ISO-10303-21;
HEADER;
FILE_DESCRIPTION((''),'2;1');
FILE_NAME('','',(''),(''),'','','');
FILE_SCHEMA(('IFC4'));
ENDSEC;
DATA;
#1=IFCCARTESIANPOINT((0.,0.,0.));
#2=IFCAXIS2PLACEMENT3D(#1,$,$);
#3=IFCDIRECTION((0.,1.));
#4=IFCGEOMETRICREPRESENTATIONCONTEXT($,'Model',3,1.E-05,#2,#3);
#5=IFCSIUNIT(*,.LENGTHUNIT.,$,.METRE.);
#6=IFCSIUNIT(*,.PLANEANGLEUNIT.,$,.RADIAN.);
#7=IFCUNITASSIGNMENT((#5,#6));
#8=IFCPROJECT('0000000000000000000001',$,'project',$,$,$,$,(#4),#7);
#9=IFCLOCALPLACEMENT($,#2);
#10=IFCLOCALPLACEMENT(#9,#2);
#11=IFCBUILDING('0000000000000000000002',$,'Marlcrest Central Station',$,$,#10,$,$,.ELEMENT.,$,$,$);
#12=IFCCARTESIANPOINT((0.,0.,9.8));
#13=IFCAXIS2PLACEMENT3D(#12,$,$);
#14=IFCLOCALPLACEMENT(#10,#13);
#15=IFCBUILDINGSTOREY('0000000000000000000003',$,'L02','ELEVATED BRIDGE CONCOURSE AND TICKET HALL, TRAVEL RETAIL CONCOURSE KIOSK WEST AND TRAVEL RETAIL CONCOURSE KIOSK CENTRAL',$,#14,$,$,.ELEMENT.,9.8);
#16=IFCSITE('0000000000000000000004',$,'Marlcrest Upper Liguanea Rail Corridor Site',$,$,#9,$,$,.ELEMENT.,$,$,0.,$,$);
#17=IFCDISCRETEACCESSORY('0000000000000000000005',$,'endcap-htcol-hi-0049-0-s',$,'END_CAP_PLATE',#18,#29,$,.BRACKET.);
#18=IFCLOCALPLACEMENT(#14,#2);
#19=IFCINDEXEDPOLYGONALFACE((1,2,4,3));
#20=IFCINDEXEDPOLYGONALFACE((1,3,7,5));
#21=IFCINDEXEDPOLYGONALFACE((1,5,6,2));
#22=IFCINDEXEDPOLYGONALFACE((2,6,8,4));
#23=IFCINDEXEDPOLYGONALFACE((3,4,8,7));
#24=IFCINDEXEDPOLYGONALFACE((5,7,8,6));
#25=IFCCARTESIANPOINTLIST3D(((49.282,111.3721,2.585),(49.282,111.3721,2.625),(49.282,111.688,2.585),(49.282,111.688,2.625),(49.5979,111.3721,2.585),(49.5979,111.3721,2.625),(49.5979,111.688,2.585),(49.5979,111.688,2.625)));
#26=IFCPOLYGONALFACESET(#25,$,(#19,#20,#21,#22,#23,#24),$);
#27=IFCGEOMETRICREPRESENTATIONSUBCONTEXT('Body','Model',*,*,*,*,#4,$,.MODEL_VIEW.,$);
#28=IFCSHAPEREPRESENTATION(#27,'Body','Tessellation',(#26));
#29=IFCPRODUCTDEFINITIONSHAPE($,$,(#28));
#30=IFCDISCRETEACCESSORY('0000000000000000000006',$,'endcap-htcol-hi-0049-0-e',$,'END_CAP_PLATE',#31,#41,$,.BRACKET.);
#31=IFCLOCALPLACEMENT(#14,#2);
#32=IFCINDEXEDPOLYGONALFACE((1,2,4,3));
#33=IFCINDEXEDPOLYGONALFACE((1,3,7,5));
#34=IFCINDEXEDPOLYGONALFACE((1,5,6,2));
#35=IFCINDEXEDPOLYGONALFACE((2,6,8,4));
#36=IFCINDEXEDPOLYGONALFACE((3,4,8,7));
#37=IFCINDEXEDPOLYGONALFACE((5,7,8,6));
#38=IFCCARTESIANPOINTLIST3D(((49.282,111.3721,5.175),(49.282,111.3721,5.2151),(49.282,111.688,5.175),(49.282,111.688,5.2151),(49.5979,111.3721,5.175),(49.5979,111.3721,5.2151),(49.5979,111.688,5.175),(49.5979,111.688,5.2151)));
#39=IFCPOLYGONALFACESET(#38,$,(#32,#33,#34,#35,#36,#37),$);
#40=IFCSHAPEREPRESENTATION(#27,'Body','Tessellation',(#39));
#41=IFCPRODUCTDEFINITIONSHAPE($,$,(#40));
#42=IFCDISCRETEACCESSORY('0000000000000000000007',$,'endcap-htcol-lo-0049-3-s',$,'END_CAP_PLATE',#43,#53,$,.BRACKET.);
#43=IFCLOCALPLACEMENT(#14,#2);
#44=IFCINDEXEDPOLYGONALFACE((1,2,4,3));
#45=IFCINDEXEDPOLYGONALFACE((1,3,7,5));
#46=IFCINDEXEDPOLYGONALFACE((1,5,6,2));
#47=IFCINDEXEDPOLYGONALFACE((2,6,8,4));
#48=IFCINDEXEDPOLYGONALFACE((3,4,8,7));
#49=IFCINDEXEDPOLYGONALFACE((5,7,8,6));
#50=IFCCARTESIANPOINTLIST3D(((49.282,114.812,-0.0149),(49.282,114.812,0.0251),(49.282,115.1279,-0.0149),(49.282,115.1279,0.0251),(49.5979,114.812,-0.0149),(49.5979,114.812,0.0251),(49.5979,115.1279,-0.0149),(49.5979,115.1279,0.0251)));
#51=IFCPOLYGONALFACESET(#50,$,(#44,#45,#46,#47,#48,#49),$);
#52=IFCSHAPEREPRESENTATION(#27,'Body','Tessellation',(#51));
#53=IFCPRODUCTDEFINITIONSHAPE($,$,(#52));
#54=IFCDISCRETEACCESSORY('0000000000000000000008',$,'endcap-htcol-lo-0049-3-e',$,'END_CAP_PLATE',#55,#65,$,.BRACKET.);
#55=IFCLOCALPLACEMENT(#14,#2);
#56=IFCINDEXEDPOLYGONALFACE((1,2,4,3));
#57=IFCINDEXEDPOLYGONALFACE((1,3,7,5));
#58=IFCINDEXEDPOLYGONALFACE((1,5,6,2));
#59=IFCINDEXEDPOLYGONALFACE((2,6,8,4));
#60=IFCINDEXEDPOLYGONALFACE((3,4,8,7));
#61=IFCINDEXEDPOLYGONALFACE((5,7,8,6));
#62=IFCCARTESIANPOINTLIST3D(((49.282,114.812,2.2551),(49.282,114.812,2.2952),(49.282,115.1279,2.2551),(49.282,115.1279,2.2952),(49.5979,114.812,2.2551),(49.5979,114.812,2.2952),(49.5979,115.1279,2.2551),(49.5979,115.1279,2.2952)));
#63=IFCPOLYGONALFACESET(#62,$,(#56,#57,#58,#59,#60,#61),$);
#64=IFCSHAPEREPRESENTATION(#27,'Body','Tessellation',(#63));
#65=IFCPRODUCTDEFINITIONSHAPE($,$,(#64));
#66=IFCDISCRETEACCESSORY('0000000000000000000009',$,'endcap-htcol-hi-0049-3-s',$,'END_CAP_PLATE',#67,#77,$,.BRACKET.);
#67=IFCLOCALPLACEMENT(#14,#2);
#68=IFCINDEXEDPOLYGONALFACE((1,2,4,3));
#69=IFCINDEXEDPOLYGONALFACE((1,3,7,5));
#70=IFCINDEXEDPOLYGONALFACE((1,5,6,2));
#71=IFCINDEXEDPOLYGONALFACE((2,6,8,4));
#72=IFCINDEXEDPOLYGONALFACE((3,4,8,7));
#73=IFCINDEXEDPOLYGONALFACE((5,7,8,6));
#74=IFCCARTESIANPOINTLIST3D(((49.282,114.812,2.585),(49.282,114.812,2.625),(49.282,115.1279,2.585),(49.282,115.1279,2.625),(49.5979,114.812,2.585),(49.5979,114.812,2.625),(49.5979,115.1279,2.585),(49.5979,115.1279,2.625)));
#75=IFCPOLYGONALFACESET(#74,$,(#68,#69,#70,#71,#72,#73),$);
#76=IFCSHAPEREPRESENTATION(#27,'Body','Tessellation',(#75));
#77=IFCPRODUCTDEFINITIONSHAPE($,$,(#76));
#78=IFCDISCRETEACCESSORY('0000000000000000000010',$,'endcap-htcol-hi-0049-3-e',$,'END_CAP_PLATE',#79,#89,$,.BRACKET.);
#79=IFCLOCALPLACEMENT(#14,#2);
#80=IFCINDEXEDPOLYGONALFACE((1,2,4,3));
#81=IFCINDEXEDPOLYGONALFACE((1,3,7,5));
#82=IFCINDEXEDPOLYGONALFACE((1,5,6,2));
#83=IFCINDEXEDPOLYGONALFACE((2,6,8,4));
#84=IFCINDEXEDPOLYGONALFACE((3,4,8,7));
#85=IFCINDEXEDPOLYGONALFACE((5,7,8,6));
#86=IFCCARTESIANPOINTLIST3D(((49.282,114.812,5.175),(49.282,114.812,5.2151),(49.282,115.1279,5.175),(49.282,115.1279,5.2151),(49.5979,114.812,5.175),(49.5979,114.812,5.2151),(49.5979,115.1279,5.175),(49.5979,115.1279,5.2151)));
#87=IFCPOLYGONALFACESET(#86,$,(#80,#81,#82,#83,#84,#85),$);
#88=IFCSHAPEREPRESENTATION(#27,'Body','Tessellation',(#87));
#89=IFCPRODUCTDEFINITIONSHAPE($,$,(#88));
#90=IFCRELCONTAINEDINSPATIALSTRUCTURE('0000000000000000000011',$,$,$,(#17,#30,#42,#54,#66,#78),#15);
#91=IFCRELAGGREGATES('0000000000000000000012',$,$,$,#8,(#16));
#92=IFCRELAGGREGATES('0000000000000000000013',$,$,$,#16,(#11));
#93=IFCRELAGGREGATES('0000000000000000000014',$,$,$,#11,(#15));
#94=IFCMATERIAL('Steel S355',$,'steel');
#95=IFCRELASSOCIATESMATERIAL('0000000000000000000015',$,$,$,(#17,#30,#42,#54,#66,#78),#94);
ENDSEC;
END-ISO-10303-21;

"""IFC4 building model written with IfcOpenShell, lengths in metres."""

from ifc_helpers import new_model, si_unit, direction, frame, origin, origin_2d, place, context, subcontext, project, spatial, rectangle, extrude, material, element, save


model = new_model("IFC4")

# Units and contexts
model_context = context("Model", 3, precision=1e-05, world=origin(), true_north=direction((0.0, 1.0)))
body_context = subcontext(model_context, "Body", "Model", "MODEL_VIEW")
ifc_project = project(units=[si_unit("LENGTHUNIT", "METRE"), si_unit("PLANEANGLEUNIT", "RADIAN")], contexts=[model_context])

# Site, building, storey
site_placement = place(None, origin())
site = spatial("IfcSite", under=ifc_project, at=site_placement, Name="Marlcrest Upper Liguanea Rail Corridor Site", CompositionType="ELEMENT", RefElevation=0.0)
building_placement = place(site_placement, origin())
building = spatial("IfcBuilding", under=site, at=building_placement, Name="Marlcrest Central Station", CompositionType="ELEMENT")
storey_placement = place(building_placement, frame((0.0, 0.0, 9.8)))
storey = spatial("IfcBuildingStorey", under=building, at=storey_placement, Name="L02", Description="ELEVATED BRIDGE CONCOURSE AND TICKET HALL, TRAVEL RETAIL CONCOURSE KIOSK WEST AND TRAVEL RETAIL CONCOURSE KIOSK CENTRAL", CompositionType="ELEMENT", Elevation=9.8)

# Shared definitions
ifc_material_1 = material(Name="Steel S355", Category="steel")

# Discrete accessories
for number, where, z_axis, x_axis, name in (
    (1, (49.4399, 111.53, 2.585), (0.0, 0.0, 1.0), (1.0, 0.0, 0.0), "endcap-htcol-hi-0049-0-s"),
    (2, (49.4399, 111.53, 5.175), (0.0, 0.0, 1.0), (1.0, 0.0, 0.0), "endcap-htcol-hi-0049-0-e"),
    (3, (49.4399, 114.97, -0.0149), (0.0, 0.0, 1.0), (1.0, 0.0, 0.0), "endcap-htcol-lo-0049-3-s"),
    (4, (49.4399, 114.97, 2.2551), (0.0, 0.0, 1.0), (1.0, 0.0, 0.0), "endcap-htcol-lo-0049-3-e"),
    (5, (49.4399, 114.97, 2.585), (0.0, 0.0, 1.0), (1.0, 0.0, 0.0), "endcap-htcol-hi-0049-3-s"),
    (6, (49.4399, 114.97, 5.175), (0.0, 0.0, 1.0), (1.0, 0.0, 0.0), "endcap-htcol-hi-0049-3-e"),
):
    element("IfcDiscreteAccessory", number, at=place(storey_placement, frame(where, z_axis=z_axis, x_axis=x_axis)), inside=storey, material=ifc_material_1, Name=name, ObjectType="END_CAP_PLATE", PredefinedType="BRACKET", context=body_context, shape_type="SweptSolid", body=[
        extrude(rectangle(XDim=0.3159, YDim=0.3159, at=origin_2d()), origin(), (0.0, 0.0, 1.0), 0.04),
    ])

save(model, "model.ifc")
